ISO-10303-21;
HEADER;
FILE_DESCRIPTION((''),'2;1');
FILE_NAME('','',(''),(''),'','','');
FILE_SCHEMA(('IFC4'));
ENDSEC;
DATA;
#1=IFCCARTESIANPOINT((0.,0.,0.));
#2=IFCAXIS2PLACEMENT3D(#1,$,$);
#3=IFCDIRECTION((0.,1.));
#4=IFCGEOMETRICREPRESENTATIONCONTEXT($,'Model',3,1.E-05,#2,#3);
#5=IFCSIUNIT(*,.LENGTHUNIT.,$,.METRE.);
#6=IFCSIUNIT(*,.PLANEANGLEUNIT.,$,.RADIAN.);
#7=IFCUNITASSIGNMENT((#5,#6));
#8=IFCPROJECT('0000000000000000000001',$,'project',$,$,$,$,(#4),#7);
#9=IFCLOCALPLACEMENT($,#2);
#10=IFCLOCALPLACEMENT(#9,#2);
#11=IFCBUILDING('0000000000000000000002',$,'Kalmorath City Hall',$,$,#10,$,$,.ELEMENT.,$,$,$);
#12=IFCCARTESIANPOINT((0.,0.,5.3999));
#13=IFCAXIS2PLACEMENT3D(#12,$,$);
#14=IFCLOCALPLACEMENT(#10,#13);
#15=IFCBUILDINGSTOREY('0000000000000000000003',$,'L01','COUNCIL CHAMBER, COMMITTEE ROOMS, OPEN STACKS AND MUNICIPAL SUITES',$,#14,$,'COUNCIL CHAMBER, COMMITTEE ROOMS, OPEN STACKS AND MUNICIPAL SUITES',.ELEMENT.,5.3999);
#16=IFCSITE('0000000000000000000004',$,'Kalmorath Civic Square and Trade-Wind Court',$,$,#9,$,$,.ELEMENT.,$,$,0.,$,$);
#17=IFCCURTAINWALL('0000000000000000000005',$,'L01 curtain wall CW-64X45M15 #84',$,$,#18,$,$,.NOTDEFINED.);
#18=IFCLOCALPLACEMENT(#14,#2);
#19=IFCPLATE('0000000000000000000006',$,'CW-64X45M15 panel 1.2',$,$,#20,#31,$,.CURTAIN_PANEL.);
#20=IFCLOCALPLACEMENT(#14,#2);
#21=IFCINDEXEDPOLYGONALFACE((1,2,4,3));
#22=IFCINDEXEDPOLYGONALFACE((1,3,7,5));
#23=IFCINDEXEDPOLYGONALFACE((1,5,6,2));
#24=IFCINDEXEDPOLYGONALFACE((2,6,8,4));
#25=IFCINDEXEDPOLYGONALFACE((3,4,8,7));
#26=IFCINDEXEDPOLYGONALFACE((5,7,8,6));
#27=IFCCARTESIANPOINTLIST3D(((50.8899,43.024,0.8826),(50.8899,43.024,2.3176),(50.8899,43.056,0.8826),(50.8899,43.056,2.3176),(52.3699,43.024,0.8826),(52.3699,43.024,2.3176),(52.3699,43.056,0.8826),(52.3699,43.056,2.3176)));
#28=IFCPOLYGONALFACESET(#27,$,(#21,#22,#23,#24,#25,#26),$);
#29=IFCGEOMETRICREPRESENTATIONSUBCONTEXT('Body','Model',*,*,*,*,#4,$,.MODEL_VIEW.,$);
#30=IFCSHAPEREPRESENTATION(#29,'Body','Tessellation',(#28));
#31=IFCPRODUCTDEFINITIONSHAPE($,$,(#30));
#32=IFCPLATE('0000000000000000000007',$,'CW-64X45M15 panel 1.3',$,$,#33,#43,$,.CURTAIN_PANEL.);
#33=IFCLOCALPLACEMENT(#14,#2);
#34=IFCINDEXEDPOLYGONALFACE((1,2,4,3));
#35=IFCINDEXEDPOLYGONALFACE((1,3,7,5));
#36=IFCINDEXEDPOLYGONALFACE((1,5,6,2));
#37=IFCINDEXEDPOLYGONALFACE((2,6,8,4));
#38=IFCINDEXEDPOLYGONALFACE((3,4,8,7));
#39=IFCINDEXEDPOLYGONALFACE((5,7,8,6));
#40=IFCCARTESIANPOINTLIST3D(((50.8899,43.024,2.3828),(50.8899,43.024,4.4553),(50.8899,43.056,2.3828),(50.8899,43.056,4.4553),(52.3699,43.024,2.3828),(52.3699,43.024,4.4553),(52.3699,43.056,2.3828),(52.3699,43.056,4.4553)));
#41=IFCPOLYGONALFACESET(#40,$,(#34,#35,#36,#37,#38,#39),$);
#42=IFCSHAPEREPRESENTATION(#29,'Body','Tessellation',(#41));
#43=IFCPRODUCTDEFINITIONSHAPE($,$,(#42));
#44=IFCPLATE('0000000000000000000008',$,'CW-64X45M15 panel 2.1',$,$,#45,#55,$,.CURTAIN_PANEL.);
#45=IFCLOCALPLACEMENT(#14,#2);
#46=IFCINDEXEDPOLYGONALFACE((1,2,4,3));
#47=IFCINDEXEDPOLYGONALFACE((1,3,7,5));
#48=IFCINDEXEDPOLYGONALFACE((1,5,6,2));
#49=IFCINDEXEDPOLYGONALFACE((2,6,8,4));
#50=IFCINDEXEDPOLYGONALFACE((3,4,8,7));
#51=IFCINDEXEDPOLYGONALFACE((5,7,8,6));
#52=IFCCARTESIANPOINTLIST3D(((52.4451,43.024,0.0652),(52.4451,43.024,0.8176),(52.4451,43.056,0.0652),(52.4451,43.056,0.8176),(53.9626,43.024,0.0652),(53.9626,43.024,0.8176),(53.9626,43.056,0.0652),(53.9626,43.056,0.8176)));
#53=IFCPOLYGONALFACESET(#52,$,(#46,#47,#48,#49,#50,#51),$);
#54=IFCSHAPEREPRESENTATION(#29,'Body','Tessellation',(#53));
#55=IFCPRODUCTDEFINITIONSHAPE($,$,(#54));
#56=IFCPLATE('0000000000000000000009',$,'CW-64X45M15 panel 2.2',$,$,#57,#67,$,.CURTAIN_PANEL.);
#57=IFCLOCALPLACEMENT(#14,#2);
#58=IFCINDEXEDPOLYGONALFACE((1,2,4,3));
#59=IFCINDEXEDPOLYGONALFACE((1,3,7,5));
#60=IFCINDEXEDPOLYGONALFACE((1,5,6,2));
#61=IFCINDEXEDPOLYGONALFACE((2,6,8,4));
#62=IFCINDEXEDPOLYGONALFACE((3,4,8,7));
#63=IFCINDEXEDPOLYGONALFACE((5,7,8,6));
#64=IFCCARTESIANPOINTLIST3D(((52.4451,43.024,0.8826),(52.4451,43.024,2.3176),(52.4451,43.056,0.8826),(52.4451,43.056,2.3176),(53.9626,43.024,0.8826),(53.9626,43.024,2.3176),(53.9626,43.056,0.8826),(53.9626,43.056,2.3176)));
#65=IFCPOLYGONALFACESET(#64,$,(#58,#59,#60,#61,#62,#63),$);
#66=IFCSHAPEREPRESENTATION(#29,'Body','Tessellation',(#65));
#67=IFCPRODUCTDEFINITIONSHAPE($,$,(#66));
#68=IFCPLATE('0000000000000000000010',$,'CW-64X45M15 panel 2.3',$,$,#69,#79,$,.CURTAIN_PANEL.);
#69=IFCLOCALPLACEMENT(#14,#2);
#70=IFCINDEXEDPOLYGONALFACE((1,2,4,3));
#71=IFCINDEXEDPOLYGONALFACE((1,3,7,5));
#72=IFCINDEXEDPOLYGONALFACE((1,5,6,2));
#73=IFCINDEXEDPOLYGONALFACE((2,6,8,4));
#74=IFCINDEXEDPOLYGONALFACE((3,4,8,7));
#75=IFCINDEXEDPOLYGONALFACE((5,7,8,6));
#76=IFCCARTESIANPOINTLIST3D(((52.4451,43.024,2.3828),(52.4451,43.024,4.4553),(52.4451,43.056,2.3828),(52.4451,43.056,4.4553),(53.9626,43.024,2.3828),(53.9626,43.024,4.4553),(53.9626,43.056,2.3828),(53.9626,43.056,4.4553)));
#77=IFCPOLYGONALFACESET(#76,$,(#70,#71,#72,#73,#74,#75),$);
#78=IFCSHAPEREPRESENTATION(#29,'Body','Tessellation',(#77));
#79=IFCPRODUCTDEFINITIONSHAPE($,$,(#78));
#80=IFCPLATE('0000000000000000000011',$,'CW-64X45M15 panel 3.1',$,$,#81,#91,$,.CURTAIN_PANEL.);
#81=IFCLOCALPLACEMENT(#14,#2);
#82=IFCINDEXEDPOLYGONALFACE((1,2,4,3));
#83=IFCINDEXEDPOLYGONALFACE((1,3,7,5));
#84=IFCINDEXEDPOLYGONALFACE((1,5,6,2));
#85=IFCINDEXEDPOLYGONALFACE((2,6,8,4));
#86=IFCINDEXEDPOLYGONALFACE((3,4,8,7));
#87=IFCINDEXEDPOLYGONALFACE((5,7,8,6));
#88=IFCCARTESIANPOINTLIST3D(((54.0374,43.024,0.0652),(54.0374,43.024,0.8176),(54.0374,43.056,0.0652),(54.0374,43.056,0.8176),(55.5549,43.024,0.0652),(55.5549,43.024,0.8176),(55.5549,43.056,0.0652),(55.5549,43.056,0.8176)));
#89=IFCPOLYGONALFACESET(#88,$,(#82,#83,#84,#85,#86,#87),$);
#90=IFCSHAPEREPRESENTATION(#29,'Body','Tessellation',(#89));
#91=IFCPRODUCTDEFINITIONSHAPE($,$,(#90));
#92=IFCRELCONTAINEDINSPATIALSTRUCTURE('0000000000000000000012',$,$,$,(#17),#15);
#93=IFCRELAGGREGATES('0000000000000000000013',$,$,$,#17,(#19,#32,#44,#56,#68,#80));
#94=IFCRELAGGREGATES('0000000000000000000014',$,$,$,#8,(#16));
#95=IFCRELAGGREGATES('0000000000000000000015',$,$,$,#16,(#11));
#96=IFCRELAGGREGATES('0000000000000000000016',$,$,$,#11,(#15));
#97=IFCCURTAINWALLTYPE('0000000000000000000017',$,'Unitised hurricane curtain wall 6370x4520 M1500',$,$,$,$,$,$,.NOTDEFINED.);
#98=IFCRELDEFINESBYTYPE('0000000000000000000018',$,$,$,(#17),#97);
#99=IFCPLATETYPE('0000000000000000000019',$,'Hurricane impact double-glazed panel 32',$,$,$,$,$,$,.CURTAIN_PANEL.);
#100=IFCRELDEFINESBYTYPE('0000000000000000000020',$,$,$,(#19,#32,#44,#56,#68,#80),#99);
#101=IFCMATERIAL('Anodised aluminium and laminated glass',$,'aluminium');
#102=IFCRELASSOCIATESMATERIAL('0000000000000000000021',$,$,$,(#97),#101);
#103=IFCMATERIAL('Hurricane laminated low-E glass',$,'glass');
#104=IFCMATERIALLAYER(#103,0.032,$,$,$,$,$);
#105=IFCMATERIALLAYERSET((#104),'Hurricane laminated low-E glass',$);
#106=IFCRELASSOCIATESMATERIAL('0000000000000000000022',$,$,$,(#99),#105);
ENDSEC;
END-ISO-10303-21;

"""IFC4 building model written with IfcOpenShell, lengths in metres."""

from ifc_helpers import new_model, si_unit, direction, frame, origin, origin_2d, place, context, subcontext, project, spatial, rectangle, extrude, material, layer, layer_set, type_object, element, aggregate, save


model = new_model("IFC4")

# Units and contexts
model_context = context("Model", 3, precision=1e-05, world=origin(), true_north=direction((0.0, 1.0)))
body_context = subcontext(model_context, "Body", "Model", "MODEL_VIEW")
ifc_project = project(units=[si_unit("LENGTHUNIT", "METRE"), si_unit("PLANEANGLEUNIT", "RADIAN")], contexts=[model_context])

# Site, building, storey
site_placement = place(None, origin())
site = spatial("IfcSite", under=ifc_project, at=site_placement, Name="Kalmorath Civic Square and Trade-Wind Court", CompositionType="ELEMENT", RefElevation=0.0)
building_placement = place(site_placement, origin())
building = spatial("IfcBuilding", under=site, at=building_placement, Name="Kalmorath City Hall", CompositionType="ELEMENT")
storey_placement = place(building_placement, frame((0.0, 0.0, 5.3999)))
storey = spatial("IfcBuildingStorey", under=building, at=storey_placement, Name="L01", Description="COUNCIL CHAMBER, COMMITTEE ROOMS, OPEN STACKS AND MUNICIPAL SUITES", LongName="COUNCIL CHAMBER, COMMITTEE ROOMS, OPEN STACKS AND MUNICIPAL SUITES", CompositionType="ELEMENT", Elevation=5.3999)

# Curtain wall
ifc_material_1 = material(Name="Anodised aluminium and laminated glass", Category="aluminium")
curtain_wall_type_1 = type_object("IfcCurtainWallType", Name="Unitised hurricane curtain wall 6370x4520 M1500", PredefinedType="NOTDEFINED", material=ifc_material_1)
curtain_wall_1_placement = place(storey_placement, origin())
curtain_wall_1 = element("IfcCurtainWall", 1, at=curtain_wall_1_placement, inside=storey, type_object=curtain_wall_type_1, Name="L01 curtain wall CW-64X45M15 #84", PredefinedType="NOTDEFINED")

# Plates
ifc_material_2 = material(Name="Hurricane laminated low-E glass", Category="glass")
ifc_layer = layer(ifc_material_2, 0.032)
ifc_layer_set = layer_set([ifc_layer], Name="Hurricane laminated low-E glass")
plate_type = type_object("IfcPlateType", Name="Hurricane impact double-glazed panel 32", PredefinedType="CURTAIN_PANEL", material=ifc_layer_set)
plate_1_placement = place(storey_placement, frame((51.6299, 43.04, 0.8826), z_axis=(0.0, 0.0, 1.0), x_axis=(1.0, 0.0, 0.0)))
plate_1 = element("IfcPlate", 2, at=plate_1_placement, type_object=plate_type, Name="CW-64X45M15 panel 1.2", PredefinedType="CURTAIN_PANEL", context=body_context, shape_type="SweptSolid", body=[
    extrude(rectangle(XDim=1.48, YDim=0.032, at=origin_2d()), origin(), (0.0, 0.0, 1.0), 1.4351),
])
plate_2_placement = place(storey_placement, frame((51.6299, 43.04, 2.3828), z_axis=(0.0, 0.0, 1.0), x_axis=(1.0, 0.0, 0.0)))
plate_2 = element("IfcPlate", 3, at=plate_2_placement, type_object=plate_type, Name="CW-64X45M15 panel 1.3", PredefinedType="CURTAIN_PANEL", context=body_context, shape_type="SweptSolid", body=[
    extrude(rectangle(XDim=1.48, YDim=0.032, at=origin_2d()), origin(), (0.0, 0.0, 1.0), 2.0725),
])
plate_3_placement = place(storey_placement, frame((53.2039, 43.04, 0.0652), z_axis=(0.0, 0.0, 1.0), x_axis=(1.0, 0.0, 0.0)))
plate_3 = element("IfcPlate", 4, at=plate_3_placement, type_object=plate_type, Name="CW-64X45M15 panel 2.1", PredefinedType="CURTAIN_PANEL", context=body_context, shape_type="SweptSolid", body=[
    extrude(rectangle(XDim=1.5176, YDim=0.032, at=origin_2d()), origin(), (0.0, 0.0, 1.0), 0.7524),
])
plate_4_placement = place(storey_placement, frame((53.2039, 43.04, 0.8826), z_axis=(0.0, 0.0, 1.0), x_axis=(1.0, 0.0, 0.0)))
plate_4 = element("IfcPlate", 5, at=plate_4_placement, type_object=plate_type, Name="CW-64X45M15 panel 2.2", PredefinedType="CURTAIN_PANEL", context=body_context, shape_type="SweptSolid", body=[
    extrude(rectangle(XDim=1.5176, YDim=0.032, at=origin_2d()), origin(), (0.0, 0.0, 1.0), 1.4351),
])
plate_5_placement = place(storey_placement, frame((53.2039, 43.04, 2.3828), z_axis=(0.0, 0.0, 1.0), x_axis=(1.0, 0.0, 0.0)))
plate_5 = element("IfcPlate", 6, at=plate_5_placement, type_object=plate_type, Name="CW-64X45M15 panel 2.3", PredefinedType="CURTAIN_PANEL", context=body_context, shape_type="SweptSolid", body=[
    extrude(rectangle(XDim=1.5176, YDim=0.032, at=origin_2d()), origin(), (0.0, 0.0, 1.0), 2.0725),
])
plate_6_placement = place(storey_placement, frame((54.7961, 43.04, 0.0652), z_axis=(0.0, 0.0, 1.0), x_axis=(1.0, 0.0, 0.0)))
plate_6 = element("IfcPlate", 7, at=plate_6_placement, type_object=plate_type, Name="CW-64X45M15 panel 3.1", PredefinedType="CURTAIN_PANEL", context=body_context, shape_type="SweptSolid", body=[
    extrude(rectangle(XDim=1.5176, YDim=0.032, at=origin_2d()), origin(), (0.0, 0.0, 1.0), 0.7524),
])
aggregate(curtain_wall_1, [plate_1, plate_2, plate_3, plate_4, plate_5, plate_6])

save(model, "model.ifc")
